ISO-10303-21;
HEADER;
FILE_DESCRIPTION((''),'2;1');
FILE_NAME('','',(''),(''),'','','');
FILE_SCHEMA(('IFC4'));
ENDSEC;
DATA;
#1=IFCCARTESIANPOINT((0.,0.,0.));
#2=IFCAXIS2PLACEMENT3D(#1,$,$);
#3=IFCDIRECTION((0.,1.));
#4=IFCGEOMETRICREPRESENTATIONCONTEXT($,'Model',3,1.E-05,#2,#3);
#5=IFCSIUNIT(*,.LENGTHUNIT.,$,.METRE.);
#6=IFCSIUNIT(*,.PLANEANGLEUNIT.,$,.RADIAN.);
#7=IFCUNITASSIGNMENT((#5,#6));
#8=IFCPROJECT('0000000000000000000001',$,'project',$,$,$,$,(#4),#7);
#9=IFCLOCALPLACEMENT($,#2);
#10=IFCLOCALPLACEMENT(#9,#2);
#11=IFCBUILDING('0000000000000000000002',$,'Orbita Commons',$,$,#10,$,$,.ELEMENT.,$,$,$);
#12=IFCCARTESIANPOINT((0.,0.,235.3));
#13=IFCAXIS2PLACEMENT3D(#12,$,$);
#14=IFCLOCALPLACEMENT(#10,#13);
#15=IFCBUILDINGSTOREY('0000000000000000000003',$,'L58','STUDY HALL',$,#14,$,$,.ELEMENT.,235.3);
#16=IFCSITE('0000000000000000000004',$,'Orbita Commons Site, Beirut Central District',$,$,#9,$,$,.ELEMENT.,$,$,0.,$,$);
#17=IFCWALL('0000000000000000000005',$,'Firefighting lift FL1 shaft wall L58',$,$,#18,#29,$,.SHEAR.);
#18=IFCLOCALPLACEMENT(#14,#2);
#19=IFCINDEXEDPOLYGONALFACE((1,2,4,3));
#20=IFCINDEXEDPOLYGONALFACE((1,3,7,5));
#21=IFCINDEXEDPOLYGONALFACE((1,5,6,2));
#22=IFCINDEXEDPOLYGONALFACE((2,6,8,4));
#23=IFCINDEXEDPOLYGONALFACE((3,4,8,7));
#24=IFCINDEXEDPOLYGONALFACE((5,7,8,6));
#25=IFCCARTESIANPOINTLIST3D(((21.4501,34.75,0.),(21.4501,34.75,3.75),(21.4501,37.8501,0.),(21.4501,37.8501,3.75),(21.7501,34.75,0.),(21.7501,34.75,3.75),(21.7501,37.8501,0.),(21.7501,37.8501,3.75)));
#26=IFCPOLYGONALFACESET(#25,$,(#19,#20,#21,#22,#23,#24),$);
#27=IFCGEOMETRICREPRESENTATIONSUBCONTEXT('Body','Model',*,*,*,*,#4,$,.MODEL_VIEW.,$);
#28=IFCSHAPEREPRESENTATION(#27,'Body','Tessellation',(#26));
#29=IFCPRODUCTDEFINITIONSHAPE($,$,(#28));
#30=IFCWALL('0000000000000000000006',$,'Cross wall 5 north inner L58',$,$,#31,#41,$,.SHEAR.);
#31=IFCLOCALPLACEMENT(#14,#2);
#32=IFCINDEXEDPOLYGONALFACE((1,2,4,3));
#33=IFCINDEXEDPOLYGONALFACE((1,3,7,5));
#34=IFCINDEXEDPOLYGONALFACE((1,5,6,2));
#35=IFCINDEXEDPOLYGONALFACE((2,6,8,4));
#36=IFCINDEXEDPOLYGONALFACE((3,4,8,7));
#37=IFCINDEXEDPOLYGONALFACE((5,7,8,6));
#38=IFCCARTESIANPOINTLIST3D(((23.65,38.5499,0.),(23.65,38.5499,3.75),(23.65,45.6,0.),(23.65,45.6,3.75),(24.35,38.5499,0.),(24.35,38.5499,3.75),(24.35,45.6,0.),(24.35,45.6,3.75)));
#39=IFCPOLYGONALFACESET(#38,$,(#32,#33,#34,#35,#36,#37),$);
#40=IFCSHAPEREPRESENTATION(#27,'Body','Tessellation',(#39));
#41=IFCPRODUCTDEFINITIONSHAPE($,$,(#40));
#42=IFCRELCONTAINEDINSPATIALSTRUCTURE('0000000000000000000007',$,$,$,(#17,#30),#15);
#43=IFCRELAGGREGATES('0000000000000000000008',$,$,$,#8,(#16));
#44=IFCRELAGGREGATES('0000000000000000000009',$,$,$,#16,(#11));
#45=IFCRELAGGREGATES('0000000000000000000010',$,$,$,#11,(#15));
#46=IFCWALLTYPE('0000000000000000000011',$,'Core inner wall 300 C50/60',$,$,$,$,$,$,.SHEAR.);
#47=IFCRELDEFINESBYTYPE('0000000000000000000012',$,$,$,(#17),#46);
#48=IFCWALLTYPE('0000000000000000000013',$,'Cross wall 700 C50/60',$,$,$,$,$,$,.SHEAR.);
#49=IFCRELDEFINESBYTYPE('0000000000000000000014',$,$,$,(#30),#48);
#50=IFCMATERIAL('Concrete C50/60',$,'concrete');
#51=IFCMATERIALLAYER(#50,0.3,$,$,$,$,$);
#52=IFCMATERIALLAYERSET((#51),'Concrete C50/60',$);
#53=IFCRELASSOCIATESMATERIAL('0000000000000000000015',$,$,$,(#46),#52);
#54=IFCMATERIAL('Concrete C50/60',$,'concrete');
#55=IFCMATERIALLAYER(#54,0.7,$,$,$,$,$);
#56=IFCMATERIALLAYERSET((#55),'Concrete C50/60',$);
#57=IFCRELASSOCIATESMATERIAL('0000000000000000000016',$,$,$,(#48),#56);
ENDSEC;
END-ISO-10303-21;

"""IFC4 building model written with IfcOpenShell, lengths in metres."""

from ifc_helpers import new_model, si_unit, direction, frame, frame_2d, origin, place, context, subcontext, project, spatial, rectangle, extrude, material, layer, layer_set, type_object, element, save


model = new_model("IFC4")

# Units and contexts
model_context = context("Model", 3, precision=1e-05, world=origin(), true_north=direction((0.0, 1.0)))
body_context = subcontext(model_context, "Body", "Model", "MODEL_VIEW")
ifc_project = project(units=[si_unit("LENGTHUNIT", "METRE"), si_unit("PLANEANGLEUNIT", "RADIAN")], contexts=[model_context])

# Site, building, storey
site_placement = place(None, origin())
site = spatial("IfcSite", under=ifc_project, at=site_placement, Name="Orbita Commons Site, Beirut Central District", CompositionType="ELEMENT", RefElevation=0.0)
building_placement = place(site_placement, origin())
building = spatial("IfcBuilding", under=site, at=building_placement, Name="Orbita Commons", CompositionType="ELEMENT")
storey_placement = place(building_placement, frame((0.0, 0.0, 235.3)))
storey = spatial("IfcBuildingStorey", under=building, at=storey_placement, Name="L58", Description="STUDY HALL", CompositionType="ELEMENT", Elevation=235.3)

# Walls
ifc_material_1 = material(Name="Concrete C50/60", Category="concrete")
ifc_layer_1 = layer(ifc_material_1, 0.3)
ifc_layer_set_1 = layer_set([ifc_layer_1], Name="Concrete C50/60")
wall_type_1 = type_object("IfcWallType", Name="Core inner wall 300 C50/60", PredefinedType="SHEAR", material=ifc_layer_set_1)
wall_1_placement = place(storey_placement, frame((21.6001, 34.75, 0.0), z_axis=(0.0, 0.0, 1.0), x_axis=(0.0, 1.0, 0.0)))
element("IfcWall", 1, at=wall_1_placement, inside=storey, type_object=wall_type_1, Name="Firefighting lift FL1 shaft wall L58", PredefinedType="SHEAR", context=body_context, shape_type="SweptSolid", body=[
    extrude(rectangle(XDim=3.1001, YDim=0.3, at=frame_2d((1.55, 0.0))), origin(), (0.0, 0.0, 1.0), 3.75),
])
ifc_material_2 = material(Name="Concrete C50/60", Category="concrete")
ifc_layer_2 = layer(ifc_material_2, 0.7)
ifc_layer_set_2 = layer_set([ifc_layer_2], Name="Concrete C50/60")
wall_type_2 = type_object("IfcWallType", Name="Cross wall 700 C50/60", PredefinedType="SHEAR", material=ifc_layer_set_2)
wall_2_placement = place(storey_placement, frame((24.0, 38.55, 0.0), z_axis=(0.0, 0.0, 1.0), x_axis=(0.0, 1.0, 0.0)))
element("IfcWall", 2, at=wall_2_placement, inside=storey, type_object=wall_type_2, Name="Cross wall 5 north inner L58", PredefinedType="SHEAR", context=body_context, shape_type="SweptSolid", body=[
    extrude(rectangle(XDim=7.05, YDim=0.7, at=frame_2d((3.5249, 0.0))), origin(), (0.0, 0.0, 1.0), 3.75),
])

save(model, "model.ifc")
